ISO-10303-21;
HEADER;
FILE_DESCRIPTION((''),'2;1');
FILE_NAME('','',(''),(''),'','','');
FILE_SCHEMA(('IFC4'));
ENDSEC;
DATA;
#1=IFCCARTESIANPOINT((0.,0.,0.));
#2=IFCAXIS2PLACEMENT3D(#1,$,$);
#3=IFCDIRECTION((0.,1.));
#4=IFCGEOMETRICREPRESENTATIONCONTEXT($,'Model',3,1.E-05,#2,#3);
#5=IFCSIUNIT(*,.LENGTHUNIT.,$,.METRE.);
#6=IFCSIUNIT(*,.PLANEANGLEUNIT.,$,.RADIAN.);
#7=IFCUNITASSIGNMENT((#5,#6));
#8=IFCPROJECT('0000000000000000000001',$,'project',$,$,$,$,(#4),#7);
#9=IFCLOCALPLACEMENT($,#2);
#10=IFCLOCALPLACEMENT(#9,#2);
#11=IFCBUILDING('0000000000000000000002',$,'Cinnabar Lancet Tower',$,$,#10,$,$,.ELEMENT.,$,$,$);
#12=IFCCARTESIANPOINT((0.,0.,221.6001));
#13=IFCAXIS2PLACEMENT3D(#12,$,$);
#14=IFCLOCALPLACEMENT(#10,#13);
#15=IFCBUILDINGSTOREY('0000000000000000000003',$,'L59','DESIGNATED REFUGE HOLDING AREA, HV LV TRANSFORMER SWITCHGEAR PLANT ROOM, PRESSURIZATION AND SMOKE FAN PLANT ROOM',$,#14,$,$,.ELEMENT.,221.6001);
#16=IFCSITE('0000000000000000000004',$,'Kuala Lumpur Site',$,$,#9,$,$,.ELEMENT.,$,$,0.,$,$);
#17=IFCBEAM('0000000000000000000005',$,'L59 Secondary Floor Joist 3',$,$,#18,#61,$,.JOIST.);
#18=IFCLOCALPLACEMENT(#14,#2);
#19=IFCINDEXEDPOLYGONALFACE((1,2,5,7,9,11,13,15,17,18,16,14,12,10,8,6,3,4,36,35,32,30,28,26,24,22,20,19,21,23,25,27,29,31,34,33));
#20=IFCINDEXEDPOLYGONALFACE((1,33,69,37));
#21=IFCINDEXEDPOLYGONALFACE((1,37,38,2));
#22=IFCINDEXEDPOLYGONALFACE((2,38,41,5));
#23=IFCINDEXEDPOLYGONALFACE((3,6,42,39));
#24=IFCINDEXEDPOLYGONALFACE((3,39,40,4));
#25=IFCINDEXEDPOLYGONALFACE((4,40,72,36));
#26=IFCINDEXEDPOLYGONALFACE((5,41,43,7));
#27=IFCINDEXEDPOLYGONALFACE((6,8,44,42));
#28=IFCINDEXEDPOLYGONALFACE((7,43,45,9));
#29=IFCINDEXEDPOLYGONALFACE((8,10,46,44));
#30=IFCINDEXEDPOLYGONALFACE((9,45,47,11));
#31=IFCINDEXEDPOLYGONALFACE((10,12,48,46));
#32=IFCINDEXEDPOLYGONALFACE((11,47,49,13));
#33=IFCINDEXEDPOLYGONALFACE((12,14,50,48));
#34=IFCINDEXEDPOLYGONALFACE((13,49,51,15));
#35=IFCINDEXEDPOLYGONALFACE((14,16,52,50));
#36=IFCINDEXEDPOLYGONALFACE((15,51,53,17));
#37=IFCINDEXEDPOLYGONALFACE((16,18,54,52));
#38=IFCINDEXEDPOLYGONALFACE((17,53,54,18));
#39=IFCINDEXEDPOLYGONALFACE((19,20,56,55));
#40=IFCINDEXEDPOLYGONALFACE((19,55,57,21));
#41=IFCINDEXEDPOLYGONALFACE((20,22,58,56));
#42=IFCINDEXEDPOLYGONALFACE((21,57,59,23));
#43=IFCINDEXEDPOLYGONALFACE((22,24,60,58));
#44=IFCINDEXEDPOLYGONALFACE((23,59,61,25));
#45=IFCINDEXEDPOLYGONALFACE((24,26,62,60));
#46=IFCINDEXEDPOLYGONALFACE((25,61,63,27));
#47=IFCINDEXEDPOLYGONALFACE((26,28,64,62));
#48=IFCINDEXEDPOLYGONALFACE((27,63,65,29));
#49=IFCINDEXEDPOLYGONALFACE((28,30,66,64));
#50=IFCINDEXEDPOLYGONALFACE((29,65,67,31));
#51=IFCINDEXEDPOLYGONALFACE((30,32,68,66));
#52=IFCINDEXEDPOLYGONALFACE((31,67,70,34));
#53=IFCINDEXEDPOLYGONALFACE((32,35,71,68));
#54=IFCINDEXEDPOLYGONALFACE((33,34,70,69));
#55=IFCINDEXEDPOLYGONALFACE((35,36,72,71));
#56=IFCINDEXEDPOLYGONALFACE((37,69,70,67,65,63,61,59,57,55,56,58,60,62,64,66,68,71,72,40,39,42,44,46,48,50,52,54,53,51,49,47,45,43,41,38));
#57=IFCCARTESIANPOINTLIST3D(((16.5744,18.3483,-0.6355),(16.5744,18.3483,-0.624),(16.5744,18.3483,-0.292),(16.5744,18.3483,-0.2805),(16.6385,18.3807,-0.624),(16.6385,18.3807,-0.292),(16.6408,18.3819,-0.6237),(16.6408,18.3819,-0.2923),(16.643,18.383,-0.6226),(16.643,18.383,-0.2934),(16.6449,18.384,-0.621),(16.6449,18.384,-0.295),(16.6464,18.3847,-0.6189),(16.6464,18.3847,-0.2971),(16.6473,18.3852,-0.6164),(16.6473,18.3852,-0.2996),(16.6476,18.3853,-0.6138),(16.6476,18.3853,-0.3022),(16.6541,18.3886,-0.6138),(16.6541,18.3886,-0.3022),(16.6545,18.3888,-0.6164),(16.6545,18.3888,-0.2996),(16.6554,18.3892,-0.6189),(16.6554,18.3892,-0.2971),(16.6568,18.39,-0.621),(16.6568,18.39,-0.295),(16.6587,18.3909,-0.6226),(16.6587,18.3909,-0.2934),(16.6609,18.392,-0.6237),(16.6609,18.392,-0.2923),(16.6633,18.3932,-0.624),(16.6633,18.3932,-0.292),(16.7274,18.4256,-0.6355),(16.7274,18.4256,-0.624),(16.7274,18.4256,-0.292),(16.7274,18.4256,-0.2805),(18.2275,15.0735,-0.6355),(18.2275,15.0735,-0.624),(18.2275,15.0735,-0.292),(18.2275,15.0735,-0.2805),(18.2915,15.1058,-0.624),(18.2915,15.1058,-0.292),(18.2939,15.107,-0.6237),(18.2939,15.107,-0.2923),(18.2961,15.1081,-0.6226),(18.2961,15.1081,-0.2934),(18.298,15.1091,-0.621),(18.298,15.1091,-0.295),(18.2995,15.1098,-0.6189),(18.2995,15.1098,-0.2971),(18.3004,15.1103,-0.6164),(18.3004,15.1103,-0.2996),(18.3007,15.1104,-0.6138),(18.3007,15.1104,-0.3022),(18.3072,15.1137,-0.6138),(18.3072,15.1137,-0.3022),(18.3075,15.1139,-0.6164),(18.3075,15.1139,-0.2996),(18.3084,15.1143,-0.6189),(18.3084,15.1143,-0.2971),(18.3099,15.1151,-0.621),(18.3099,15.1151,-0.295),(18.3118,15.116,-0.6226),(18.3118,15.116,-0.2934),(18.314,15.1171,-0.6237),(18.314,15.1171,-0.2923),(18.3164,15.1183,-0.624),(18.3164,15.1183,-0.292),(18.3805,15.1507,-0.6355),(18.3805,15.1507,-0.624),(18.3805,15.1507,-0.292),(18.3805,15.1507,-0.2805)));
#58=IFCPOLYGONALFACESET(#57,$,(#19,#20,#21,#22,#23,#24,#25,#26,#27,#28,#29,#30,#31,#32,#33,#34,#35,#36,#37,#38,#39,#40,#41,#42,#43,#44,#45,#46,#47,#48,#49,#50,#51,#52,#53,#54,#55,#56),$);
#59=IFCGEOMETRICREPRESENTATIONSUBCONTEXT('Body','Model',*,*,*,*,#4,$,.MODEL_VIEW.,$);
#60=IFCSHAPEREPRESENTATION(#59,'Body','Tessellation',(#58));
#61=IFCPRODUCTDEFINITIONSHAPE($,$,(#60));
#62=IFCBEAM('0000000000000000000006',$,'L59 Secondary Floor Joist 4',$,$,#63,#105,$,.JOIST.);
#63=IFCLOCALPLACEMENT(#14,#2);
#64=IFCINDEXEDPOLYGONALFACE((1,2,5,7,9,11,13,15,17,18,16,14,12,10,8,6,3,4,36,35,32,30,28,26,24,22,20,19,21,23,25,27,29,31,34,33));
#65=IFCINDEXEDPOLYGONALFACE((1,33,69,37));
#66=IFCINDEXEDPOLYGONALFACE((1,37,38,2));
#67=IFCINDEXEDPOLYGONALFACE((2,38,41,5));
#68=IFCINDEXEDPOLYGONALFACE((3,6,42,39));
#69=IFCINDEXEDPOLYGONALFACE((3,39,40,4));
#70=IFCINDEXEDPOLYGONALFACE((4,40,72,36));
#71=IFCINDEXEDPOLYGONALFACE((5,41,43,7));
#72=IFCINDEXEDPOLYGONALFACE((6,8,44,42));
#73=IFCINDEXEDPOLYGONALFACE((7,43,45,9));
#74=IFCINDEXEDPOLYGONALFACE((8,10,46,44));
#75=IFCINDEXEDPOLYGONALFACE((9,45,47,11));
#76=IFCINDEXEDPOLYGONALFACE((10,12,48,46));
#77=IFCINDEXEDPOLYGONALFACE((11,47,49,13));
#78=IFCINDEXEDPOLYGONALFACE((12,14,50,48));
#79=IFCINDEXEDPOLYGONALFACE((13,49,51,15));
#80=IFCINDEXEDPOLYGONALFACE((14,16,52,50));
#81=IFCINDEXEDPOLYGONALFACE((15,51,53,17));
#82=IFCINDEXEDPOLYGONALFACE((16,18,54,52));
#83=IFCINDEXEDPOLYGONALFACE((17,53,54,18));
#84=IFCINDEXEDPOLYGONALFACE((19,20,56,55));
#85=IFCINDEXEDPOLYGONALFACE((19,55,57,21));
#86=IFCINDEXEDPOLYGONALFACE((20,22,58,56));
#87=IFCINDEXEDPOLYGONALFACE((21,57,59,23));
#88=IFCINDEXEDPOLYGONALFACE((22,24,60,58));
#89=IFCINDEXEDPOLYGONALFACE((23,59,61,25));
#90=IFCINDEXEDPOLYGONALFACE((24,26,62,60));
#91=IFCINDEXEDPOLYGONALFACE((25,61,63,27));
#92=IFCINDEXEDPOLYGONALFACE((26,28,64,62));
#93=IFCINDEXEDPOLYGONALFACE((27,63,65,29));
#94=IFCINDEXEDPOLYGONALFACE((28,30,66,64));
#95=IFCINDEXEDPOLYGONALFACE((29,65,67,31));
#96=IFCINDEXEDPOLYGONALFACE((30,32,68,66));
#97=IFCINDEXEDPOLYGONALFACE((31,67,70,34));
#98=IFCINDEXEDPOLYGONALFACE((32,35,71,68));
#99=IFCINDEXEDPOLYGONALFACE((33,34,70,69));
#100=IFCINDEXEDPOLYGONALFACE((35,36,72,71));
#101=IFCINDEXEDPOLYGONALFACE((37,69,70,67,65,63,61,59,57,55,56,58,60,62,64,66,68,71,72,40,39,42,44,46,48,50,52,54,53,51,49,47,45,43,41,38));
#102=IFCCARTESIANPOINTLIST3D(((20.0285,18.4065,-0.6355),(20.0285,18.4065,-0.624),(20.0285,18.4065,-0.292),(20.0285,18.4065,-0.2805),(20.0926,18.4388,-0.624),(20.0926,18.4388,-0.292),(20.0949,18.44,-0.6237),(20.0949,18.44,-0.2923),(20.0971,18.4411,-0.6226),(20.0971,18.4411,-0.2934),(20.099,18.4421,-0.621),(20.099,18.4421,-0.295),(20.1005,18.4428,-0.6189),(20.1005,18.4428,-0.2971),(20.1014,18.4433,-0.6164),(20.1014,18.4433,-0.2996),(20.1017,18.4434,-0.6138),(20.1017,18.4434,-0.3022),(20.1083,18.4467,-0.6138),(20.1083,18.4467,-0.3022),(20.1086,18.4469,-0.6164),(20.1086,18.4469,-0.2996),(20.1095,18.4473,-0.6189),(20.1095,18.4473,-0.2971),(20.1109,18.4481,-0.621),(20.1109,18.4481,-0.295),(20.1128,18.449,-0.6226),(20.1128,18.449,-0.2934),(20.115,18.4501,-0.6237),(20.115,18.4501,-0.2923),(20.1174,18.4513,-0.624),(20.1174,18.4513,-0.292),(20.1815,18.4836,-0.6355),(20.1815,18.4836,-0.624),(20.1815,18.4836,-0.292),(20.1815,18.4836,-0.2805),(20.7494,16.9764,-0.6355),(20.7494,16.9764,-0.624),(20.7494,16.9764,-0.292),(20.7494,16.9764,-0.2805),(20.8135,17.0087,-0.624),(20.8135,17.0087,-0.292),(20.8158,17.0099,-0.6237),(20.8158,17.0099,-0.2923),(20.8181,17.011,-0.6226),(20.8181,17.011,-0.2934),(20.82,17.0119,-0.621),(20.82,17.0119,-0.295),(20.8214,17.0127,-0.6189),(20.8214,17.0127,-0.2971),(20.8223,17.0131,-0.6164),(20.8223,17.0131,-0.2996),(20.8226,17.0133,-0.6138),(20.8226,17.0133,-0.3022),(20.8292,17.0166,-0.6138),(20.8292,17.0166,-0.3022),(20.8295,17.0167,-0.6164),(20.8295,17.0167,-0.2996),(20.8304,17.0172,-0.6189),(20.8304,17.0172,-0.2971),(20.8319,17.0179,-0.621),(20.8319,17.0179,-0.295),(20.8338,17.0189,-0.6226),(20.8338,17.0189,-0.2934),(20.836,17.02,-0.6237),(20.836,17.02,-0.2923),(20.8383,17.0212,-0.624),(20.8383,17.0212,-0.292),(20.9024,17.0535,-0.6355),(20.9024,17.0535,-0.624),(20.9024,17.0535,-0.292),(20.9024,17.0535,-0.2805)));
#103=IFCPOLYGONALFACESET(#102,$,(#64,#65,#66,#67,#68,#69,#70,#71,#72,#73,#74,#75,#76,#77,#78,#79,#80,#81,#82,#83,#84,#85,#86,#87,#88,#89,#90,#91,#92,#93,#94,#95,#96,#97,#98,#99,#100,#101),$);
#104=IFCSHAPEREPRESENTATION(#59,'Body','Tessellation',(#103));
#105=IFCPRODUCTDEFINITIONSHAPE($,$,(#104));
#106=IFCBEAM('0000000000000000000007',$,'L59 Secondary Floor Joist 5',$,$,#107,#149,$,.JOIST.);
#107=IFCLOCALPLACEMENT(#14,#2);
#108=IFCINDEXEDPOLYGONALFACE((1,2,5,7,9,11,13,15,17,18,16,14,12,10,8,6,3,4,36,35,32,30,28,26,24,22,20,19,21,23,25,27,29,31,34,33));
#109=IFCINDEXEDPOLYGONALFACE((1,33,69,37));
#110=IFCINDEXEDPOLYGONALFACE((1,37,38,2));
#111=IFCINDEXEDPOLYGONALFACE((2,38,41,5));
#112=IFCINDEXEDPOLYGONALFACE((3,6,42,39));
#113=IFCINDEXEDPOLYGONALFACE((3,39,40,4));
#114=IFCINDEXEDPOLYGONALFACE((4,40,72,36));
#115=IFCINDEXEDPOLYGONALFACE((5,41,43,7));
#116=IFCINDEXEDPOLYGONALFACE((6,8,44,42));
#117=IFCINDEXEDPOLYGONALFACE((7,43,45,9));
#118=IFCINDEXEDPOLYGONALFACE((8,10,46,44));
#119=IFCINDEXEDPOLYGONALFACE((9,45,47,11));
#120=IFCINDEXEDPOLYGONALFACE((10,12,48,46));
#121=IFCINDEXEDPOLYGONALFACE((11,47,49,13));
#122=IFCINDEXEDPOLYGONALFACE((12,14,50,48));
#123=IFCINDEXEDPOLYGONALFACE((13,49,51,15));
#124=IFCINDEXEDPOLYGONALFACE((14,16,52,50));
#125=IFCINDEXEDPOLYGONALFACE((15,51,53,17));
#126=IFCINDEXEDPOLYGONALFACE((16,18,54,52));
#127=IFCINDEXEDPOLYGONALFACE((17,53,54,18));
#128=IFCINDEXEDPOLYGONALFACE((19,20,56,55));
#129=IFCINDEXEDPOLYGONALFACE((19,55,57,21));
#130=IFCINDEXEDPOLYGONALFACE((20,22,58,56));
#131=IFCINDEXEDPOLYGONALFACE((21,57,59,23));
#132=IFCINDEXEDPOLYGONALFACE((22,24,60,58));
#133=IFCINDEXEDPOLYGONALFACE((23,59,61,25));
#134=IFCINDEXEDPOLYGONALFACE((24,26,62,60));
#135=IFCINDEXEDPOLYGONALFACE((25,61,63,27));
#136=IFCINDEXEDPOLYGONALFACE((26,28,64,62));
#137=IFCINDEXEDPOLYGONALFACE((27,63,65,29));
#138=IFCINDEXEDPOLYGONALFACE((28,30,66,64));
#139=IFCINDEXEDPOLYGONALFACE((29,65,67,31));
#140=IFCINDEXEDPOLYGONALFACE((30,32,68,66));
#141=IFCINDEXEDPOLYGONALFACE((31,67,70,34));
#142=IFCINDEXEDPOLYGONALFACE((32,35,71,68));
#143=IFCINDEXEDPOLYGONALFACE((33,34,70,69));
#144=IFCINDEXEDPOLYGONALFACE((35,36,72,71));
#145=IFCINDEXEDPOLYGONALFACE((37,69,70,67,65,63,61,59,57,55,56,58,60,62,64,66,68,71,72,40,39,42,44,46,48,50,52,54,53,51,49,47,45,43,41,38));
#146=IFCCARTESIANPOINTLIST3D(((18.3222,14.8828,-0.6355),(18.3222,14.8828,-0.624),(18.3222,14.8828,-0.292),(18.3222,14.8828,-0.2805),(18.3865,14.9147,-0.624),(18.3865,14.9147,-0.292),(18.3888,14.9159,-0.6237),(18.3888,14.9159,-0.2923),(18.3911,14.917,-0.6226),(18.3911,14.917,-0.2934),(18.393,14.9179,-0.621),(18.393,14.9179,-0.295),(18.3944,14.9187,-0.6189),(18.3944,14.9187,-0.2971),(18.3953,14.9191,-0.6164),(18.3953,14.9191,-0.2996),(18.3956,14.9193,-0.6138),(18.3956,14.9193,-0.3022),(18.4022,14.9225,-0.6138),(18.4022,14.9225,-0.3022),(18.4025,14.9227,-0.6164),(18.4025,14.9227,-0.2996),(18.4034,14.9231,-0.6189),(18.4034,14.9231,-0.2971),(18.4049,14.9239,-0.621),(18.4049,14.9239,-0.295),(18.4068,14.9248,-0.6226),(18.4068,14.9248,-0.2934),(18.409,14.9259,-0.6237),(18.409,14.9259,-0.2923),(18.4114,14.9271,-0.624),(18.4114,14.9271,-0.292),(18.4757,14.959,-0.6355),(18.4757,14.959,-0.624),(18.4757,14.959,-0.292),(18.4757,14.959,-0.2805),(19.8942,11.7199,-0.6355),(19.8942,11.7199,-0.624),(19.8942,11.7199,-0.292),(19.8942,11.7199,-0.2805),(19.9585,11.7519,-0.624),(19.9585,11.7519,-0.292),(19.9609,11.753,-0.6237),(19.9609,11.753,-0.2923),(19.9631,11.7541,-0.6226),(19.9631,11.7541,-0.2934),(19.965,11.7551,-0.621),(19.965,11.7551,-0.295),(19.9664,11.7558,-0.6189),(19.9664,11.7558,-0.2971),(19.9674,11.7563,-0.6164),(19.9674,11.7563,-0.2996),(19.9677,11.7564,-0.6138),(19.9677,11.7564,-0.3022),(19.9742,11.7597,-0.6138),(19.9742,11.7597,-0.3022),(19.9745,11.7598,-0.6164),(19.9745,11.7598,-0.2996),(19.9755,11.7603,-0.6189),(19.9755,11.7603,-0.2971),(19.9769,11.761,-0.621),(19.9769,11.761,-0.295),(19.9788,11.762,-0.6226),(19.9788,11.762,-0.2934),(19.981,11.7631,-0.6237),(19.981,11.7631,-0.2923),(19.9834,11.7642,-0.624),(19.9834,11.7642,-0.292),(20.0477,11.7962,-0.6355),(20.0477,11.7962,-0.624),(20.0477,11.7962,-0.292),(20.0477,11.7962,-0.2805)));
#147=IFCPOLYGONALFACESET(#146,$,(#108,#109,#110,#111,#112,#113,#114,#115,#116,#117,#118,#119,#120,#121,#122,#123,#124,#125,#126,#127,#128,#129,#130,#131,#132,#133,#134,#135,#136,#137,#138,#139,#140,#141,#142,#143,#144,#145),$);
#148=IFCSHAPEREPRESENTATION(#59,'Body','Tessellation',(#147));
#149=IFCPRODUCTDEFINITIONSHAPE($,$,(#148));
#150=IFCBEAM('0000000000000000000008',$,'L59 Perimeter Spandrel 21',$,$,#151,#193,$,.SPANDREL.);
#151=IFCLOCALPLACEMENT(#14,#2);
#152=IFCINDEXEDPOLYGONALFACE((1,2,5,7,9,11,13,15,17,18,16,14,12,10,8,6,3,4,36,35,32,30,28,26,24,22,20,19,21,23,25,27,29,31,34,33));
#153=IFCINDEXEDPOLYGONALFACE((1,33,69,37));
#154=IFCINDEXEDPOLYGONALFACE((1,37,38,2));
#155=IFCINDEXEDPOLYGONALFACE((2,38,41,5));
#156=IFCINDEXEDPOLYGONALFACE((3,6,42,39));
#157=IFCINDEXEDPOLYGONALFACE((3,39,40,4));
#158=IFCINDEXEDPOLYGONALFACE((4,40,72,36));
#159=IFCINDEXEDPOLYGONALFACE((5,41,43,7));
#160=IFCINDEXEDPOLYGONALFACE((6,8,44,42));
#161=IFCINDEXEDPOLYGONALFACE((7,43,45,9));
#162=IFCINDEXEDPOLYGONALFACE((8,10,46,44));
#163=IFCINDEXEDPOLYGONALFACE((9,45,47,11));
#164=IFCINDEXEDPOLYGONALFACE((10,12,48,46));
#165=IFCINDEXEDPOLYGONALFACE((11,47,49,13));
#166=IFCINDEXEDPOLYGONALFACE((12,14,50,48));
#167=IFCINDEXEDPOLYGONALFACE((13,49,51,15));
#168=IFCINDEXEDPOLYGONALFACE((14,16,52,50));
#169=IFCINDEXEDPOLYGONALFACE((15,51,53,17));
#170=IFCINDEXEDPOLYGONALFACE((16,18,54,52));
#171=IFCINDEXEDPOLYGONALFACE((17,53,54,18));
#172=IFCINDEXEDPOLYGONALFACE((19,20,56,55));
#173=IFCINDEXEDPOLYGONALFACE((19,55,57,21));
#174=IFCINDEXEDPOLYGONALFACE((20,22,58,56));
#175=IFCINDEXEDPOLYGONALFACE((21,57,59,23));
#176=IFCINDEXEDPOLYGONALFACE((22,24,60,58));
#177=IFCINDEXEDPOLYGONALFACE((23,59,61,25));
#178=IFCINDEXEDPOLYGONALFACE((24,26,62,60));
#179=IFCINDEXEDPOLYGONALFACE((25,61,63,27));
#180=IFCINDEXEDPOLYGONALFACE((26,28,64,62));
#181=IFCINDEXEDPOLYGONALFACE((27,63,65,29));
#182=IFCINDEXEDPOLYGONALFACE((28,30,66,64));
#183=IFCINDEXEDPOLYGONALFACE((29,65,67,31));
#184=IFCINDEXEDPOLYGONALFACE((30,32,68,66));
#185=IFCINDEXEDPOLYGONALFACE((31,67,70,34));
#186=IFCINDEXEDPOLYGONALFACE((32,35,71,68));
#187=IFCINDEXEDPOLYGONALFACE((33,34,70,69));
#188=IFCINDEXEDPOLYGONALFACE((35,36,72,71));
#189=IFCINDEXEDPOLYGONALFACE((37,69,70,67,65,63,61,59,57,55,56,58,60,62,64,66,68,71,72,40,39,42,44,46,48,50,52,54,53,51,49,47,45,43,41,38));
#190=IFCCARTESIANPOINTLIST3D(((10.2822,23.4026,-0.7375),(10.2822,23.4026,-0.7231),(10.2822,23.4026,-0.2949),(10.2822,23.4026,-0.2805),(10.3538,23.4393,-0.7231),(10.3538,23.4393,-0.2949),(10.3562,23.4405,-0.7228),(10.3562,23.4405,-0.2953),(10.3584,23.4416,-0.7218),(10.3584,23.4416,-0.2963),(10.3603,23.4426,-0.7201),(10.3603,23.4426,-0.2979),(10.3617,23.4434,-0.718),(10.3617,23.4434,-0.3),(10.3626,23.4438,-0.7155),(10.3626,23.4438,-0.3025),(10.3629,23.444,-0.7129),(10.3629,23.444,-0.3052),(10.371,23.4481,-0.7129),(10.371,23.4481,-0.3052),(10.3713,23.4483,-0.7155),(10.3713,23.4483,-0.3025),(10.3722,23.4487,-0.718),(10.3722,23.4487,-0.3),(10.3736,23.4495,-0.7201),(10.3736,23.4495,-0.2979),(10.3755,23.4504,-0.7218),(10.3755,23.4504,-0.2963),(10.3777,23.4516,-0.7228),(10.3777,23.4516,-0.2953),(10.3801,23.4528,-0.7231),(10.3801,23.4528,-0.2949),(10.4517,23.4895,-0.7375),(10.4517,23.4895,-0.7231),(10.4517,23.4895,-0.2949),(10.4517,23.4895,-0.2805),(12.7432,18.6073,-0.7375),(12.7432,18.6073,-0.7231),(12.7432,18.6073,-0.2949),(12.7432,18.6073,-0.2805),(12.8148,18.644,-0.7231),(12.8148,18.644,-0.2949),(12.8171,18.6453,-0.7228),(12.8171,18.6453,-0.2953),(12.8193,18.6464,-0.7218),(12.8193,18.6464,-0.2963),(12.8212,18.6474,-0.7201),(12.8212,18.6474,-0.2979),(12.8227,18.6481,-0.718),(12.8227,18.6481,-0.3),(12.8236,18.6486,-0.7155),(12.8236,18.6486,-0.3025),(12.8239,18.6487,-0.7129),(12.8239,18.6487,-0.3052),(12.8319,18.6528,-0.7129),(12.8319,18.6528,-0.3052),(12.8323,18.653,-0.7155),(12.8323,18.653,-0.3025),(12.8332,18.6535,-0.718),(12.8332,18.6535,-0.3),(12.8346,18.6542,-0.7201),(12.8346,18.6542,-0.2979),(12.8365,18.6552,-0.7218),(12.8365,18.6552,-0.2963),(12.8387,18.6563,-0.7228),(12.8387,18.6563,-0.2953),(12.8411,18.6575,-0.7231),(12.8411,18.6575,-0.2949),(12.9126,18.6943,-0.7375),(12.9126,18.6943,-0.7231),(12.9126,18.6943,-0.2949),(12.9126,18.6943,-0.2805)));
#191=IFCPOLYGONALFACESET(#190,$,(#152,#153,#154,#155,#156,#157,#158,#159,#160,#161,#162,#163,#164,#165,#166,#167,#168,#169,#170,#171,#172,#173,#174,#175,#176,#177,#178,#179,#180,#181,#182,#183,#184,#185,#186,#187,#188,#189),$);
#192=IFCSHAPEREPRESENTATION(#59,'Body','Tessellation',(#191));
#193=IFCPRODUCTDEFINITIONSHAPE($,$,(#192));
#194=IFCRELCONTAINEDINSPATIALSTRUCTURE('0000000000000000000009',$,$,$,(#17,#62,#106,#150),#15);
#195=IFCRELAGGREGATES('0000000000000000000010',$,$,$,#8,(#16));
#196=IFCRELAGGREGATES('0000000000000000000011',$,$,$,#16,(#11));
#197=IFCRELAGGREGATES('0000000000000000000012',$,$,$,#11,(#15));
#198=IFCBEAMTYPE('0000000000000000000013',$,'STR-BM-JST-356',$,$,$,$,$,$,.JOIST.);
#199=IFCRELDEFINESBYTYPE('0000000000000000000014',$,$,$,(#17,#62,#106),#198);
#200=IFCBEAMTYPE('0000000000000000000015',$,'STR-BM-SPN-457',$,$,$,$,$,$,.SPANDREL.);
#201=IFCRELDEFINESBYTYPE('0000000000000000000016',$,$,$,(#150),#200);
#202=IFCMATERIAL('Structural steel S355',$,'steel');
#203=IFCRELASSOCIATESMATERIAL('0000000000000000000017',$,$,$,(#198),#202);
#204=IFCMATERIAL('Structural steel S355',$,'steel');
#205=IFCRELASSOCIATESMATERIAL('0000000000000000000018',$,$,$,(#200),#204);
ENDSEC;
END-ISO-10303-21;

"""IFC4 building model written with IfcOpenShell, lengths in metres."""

from ifc_helpers import new_model, si_unit, direction, frame, origin, origin_2d, place, context, subcontext, project, spatial, i_section, extrude, material, material_profile, profile_set, type_object, element, save


model = new_model("IFC4")

# Units and contexts
model_context = context("Model", 3, precision=1e-05, world=origin(), true_north=direction((0.0, 1.0)))
body_context = subcontext(model_context, "Body", "Model", "MODEL_VIEW")
ifc_project = project(units=[si_unit("LENGTHUNIT", "METRE"), si_unit("PLANEANGLEUNIT", "RADIAN")], contexts=[model_context])

# Site, building, storey
site_placement = place(None, origin())
site = spatial("IfcSite", under=ifc_project, at=site_placement, Name="Kuala Lumpur Site", CompositionType="ELEMENT", RefElevation=0.0)
building_placement = place(site_placement, origin())
building = spatial("IfcBuilding", under=site, at=building_placement, Name="Cinnabar Lancet Tower", CompositionType="ELEMENT")
storey_placement = place(building_placement, frame((0.0, 0.0, 221.6001)))
storey = spatial("IfcBuildingStorey", under=building, at=storey_placement, Name="L59", Description="DESIGNATED REFUGE HOLDING AREA, HV LV TRANSFORMER SWITCHGEAR PLANT ROOM, PRESSURIZATION AND SMOKE FAN PLANT ROOM", CompositionType="ELEMENT", Elevation=221.6001)

# Beams
ifc_material_1 = material(Name="Structural steel S355", Category="steel")
ifc_material_profile_1 = material_profile(ifc_material_1, i_section(OverallWidth=0.1714, OverallDepth=0.355, WebThickness=0.0073, FlangeThickness=0.0115, FilletRadius=0.0103, at=origin_2d()), Name="UKB 356x171x51")
ifc_profile_set_1 = profile_set([ifc_material_profile_1], Name="Structural steel S355")
beam_type_1 = type_object("IfcBeamType", Name="STR-BM-JST-356", PredefinedType="JOIST", material=ifc_profile_set_1)
beam_1_placement = place(storey_placement, frame((16.6509, 18.387, -0.458), z_axis=(0.450618, -0.892717, 0.0), x_axis=(0.892717, 0.450618, 0.0)))
element("IfcBeam", 1, at=beam_1_placement, inside=storey, type_object=beam_type_1, Name="L59 Secondary Floor Joist 3", PredefinedType="JOIST", context=body_context, shape_type="SweptSolid", body=[
    extrude(i_section(OverallWidth=0.1714, OverallDepth=0.355, WebThickness=0.0073, FlangeThickness=0.0115, FilletRadius=0.0103, at=origin_2d()), origin(), (0.0, 0.0, 1.0), 3.6685),
])
beam_2_placement = place(storey_placement, frame((20.105, 18.4451, -0.458), z_axis=(0.450138, -0.892959, 0.0), x_axis=(0.892959, 0.450138, 0.0)))
element("IfcBeam", 2, at=beam_2_placement, inside=storey, type_object=beam_type_1, Name="L59 Secondary Floor Joist 4", PredefinedType="JOIST", context=body_context, shape_type="SweptSolid", body=[
    extrude(i_section(OverallWidth=0.1714, OverallDepth=0.355, WebThickness=0.0073, FlangeThickness=0.0115, FilletRadius=0.0103, at=origin_2d()), origin(), (0.0, 0.0, 1.0), 1.6016),
])
beam_3_placement = place(storey_placement, frame((18.3989, 14.9209, -0.458), z_axis=(0.445083, -0.895489, 0.0), x_axis=(0.895489, 0.445083, 0.0)))
element("IfcBeam", 3, at=beam_3_placement, inside=storey, type_object=beam_type_1, Name="L59 Secondary Floor Joist 5", PredefinedType="JOIST", context=body_context, shape_type="SweptSolid", body=[
    extrude(i_section(OverallWidth=0.1714, OverallDepth=0.355, WebThickness=0.0073, FlangeThickness=0.0115, FilletRadius=0.0103, at=origin_2d()), origin(), (0.0, 0.0, 1.0), 3.532),
])
ifc_material_2 = material(Name="Structural steel S355", Category="steel")
ifc_material_profile_2 = material_profile(ifc_material_2, i_section(OverallWidth=0.1904, OverallDepth=0.457, WebThickness=0.009, FlangeThickness=0.0144, FilletRadius=0.0103, at=origin_2d()), Name="UKB 457x191x74")
ifc_profile_set_2 = profile_set([ifc_material_profile_2], Name="Structural steel S355")
beam_type_2 = type_object("IfcBeamType", Name="STR-BM-SPN-457", PredefinedType="SPANDREL", material=ifc_profile_set_2)
beam_4_placement = place(storey_placement, frame((10.3669, 23.446, -0.509), z_axis=(0.456593, -0.889676, 0.0), x_axis=(0.889676, 0.456593, 0.0)))
element("IfcBeam", 4, at=beam_4_placement, inside=storey, type_object=beam_type_2, Name="L59 Perimeter Spandrel 21", PredefinedType="SPANDREL", context=body_context, shape_type="SweptSolid", body=[
    extrude(i_section(OverallWidth=0.1904, OverallDepth=0.457, WebThickness=0.009, FlangeThickness=0.0144, FilletRadius=0.0103, at=origin_2d()), origin(), (0.0, 0.0, 1.0), 5.3899),
])

save(model, "model.ifc")
